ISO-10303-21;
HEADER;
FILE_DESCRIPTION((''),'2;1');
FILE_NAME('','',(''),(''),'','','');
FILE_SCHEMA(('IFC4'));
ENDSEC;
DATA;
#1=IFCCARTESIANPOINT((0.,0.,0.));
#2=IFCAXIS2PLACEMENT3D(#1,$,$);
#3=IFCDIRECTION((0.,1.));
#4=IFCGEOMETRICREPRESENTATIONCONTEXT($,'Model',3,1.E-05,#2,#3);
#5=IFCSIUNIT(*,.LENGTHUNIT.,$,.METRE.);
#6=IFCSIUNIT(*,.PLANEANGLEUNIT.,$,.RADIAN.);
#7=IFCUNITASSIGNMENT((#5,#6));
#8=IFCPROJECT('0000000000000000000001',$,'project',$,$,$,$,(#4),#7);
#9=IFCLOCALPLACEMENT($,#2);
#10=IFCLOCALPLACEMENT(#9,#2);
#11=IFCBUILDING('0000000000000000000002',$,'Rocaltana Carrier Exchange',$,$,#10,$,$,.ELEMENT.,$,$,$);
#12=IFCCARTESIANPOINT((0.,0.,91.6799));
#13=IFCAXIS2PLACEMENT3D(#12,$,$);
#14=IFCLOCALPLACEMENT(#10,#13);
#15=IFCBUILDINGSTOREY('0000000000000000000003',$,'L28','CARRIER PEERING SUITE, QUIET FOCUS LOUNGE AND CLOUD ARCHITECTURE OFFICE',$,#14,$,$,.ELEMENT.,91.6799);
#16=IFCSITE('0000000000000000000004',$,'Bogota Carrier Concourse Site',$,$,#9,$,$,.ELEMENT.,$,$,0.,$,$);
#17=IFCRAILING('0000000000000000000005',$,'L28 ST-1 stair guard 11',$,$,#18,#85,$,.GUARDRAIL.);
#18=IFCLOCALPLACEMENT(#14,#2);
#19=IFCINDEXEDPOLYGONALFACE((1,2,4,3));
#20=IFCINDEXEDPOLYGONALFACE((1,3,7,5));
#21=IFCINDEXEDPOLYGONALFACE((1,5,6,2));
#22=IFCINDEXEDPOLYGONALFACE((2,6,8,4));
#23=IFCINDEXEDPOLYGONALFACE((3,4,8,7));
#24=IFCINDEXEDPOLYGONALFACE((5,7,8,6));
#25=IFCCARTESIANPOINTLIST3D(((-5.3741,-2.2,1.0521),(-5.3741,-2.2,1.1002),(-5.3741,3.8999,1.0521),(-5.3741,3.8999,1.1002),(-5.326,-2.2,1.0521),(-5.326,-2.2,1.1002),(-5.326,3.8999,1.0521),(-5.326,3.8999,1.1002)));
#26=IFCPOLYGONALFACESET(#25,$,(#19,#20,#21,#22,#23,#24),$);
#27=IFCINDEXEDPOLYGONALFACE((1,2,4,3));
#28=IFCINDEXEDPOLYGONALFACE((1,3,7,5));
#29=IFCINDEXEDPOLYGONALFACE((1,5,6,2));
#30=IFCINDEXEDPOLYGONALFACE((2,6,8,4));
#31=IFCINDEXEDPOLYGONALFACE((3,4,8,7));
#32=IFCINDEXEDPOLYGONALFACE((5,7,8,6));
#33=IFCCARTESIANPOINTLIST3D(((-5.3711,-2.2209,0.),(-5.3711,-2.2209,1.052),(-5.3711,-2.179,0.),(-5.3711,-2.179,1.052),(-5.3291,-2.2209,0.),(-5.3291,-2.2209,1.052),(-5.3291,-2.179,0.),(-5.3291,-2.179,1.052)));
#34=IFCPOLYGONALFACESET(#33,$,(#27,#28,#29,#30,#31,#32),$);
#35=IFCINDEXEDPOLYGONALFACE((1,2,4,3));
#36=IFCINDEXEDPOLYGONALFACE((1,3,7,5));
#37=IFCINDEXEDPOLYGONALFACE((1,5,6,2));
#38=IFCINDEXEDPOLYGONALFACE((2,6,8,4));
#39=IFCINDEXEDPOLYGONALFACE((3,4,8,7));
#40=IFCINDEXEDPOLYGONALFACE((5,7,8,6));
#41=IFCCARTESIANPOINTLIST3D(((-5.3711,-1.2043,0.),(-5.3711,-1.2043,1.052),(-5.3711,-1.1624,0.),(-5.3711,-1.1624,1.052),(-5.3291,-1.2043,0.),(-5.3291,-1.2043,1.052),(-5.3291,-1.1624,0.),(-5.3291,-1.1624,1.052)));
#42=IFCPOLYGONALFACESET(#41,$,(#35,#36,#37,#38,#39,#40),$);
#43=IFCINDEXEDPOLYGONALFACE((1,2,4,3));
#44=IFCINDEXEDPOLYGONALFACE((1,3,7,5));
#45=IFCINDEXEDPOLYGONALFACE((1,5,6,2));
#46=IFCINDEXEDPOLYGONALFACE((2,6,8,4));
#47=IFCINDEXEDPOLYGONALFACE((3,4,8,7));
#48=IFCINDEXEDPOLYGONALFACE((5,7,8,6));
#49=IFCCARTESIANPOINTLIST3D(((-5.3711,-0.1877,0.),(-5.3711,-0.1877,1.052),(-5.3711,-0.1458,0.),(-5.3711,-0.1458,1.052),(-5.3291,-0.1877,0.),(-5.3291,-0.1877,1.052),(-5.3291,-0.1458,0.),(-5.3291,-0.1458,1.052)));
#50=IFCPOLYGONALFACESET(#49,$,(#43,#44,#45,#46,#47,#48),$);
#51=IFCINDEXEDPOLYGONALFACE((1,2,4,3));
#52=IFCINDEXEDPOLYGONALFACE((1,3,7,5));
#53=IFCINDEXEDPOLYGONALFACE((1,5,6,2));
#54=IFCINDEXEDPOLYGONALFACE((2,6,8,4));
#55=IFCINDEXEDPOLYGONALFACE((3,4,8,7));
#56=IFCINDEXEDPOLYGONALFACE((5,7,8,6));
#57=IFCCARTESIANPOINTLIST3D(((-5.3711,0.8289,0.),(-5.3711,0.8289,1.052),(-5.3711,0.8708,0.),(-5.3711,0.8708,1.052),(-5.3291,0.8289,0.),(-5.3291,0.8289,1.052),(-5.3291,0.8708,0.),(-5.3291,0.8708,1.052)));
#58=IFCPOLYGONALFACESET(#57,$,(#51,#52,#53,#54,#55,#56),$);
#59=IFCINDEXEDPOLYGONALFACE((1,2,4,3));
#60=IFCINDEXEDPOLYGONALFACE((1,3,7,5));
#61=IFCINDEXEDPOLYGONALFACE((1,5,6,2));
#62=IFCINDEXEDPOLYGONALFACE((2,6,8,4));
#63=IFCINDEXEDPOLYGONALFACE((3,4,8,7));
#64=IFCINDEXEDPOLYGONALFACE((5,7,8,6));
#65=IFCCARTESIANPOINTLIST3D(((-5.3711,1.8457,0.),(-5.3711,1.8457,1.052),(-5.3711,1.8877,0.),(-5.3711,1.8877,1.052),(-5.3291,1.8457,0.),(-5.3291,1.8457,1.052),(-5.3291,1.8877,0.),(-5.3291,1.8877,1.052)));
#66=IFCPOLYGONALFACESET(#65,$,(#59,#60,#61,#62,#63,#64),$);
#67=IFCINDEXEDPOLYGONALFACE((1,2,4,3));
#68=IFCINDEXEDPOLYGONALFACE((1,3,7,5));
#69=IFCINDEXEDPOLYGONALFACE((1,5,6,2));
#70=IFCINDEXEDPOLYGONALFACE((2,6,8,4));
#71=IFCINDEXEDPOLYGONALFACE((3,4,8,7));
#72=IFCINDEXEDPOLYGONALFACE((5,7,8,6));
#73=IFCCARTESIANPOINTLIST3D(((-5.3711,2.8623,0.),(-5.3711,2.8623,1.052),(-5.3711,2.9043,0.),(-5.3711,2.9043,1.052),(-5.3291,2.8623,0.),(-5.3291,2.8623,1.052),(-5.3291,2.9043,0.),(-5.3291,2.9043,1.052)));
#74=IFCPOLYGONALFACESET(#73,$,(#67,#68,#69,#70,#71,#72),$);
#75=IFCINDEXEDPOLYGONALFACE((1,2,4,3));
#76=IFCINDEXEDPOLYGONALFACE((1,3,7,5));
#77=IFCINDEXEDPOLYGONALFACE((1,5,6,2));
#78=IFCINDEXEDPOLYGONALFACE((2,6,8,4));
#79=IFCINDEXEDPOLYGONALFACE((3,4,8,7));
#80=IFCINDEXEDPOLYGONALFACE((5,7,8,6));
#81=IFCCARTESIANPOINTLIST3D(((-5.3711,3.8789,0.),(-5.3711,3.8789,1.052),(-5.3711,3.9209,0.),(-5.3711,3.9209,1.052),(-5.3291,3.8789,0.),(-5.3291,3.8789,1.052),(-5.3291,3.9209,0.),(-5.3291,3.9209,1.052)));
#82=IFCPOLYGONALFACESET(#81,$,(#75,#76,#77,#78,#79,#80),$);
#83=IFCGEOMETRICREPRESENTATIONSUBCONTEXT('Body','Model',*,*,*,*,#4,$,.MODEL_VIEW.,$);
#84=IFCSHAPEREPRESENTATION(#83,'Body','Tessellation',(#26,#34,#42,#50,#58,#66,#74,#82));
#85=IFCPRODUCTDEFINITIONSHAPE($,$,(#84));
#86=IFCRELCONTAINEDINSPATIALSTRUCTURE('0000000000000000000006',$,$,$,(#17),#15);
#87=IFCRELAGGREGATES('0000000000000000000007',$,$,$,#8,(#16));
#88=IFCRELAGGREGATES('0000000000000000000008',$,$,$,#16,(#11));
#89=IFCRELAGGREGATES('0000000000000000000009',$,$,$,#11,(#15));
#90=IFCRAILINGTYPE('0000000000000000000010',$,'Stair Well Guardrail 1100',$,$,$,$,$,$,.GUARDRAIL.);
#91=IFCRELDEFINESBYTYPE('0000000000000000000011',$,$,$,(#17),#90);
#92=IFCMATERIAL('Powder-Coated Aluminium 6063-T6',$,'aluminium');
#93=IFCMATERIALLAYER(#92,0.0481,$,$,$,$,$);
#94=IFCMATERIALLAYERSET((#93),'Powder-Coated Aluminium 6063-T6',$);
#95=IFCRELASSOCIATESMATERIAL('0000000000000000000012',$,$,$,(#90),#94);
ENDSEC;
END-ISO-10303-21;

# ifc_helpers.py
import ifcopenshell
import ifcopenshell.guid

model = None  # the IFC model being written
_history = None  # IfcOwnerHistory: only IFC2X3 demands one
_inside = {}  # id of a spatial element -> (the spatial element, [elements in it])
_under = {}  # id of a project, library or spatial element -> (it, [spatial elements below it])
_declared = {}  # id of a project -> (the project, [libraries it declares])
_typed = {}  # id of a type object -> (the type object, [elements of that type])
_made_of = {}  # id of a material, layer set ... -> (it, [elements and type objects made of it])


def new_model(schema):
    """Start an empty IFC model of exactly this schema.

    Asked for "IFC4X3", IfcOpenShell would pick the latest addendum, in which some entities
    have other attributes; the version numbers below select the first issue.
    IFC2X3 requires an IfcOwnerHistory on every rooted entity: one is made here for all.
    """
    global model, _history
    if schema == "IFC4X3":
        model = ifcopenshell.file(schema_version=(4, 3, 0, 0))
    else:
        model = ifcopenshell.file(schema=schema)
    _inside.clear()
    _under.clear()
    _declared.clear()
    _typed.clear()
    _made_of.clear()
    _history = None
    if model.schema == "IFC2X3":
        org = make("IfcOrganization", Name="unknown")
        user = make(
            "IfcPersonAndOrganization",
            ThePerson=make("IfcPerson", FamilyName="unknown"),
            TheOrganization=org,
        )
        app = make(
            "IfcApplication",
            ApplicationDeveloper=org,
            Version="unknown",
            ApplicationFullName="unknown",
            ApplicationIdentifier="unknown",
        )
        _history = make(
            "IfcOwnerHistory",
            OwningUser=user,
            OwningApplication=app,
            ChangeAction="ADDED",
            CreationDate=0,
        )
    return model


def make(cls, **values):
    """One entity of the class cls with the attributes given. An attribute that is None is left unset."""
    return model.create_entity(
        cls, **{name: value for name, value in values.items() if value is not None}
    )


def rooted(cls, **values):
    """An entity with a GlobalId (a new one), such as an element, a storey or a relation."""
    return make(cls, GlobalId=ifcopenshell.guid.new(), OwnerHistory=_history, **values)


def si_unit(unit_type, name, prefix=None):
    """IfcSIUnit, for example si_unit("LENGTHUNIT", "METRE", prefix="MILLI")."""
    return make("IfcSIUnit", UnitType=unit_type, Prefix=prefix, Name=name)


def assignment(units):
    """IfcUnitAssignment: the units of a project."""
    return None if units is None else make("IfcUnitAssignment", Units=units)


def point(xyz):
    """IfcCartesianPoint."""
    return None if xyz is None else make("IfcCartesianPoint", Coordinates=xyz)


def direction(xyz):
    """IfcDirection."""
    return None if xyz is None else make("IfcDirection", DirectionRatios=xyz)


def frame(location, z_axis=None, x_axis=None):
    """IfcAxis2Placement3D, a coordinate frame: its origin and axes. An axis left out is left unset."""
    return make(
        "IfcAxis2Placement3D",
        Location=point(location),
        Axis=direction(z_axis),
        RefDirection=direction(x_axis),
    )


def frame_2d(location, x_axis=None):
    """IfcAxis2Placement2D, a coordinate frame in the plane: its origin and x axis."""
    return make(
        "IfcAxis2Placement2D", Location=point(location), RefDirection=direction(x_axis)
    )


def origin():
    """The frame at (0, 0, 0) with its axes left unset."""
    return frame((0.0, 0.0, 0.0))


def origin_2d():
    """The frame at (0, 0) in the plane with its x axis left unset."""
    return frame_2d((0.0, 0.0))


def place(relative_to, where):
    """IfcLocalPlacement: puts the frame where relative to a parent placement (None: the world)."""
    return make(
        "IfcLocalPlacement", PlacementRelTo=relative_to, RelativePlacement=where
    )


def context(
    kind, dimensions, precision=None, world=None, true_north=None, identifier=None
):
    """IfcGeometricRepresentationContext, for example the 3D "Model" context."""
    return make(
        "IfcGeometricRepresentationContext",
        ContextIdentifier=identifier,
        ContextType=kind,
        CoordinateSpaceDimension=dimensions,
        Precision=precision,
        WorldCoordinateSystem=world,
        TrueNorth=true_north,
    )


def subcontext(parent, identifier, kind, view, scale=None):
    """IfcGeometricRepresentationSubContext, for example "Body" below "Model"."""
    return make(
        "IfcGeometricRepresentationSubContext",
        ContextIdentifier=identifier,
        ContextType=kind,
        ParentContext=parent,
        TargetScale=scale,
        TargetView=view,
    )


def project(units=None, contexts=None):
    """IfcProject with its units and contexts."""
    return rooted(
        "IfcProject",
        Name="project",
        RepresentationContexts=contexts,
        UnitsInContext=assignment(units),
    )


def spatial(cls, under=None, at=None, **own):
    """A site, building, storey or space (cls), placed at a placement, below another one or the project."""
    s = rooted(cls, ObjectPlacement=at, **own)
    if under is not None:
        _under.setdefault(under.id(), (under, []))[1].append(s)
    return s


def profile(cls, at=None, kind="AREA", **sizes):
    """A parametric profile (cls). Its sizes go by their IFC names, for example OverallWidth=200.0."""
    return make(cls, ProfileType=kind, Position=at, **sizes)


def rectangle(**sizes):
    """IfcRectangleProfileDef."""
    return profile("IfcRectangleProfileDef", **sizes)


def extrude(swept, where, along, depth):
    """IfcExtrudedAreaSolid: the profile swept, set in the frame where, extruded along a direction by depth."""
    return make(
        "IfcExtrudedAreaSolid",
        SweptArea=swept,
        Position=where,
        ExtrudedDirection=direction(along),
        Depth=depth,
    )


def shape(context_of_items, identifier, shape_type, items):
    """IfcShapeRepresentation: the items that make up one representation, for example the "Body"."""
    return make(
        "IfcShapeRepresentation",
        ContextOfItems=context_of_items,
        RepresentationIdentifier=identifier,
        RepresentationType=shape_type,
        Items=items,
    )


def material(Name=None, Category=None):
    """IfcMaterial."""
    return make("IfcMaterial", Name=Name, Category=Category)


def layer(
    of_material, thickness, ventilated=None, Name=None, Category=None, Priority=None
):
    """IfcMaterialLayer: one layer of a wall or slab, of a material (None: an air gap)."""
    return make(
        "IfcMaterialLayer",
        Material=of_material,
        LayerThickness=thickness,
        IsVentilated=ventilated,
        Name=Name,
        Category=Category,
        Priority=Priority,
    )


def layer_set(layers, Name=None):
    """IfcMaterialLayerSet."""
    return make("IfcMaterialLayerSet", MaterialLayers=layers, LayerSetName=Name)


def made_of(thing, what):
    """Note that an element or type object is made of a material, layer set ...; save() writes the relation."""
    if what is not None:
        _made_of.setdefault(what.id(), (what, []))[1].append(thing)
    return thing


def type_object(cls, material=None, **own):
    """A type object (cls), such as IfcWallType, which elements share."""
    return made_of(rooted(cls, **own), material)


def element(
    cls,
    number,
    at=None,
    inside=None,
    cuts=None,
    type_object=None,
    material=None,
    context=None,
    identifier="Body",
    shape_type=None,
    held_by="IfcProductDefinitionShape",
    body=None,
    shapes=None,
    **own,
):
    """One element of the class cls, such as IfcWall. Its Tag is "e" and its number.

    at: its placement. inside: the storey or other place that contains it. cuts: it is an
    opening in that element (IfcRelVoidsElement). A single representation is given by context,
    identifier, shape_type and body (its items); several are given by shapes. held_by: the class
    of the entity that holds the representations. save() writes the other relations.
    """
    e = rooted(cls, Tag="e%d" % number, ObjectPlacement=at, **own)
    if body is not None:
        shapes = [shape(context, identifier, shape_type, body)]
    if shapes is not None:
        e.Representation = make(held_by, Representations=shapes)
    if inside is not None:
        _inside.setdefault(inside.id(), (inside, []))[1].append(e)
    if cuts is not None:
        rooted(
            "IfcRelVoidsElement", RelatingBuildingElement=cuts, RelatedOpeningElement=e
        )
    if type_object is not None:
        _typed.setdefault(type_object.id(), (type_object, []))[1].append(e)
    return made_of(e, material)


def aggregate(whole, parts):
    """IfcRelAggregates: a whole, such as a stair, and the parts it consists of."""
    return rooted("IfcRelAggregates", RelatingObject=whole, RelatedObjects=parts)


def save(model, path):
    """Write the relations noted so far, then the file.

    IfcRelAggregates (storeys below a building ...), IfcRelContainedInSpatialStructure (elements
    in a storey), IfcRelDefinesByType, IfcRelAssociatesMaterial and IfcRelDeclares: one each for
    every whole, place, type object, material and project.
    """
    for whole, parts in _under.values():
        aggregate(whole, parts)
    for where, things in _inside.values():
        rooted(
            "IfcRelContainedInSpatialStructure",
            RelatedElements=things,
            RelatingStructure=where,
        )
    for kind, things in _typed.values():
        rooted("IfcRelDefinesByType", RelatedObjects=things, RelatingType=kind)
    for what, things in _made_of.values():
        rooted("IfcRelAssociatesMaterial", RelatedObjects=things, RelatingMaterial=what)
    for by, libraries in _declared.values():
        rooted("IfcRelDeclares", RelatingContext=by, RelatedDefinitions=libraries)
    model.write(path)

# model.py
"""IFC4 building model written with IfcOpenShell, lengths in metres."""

from ifc_helpers import new_model, si_unit, direction, frame, origin, origin_2d, place, context, subcontext, project, spatial, rectangle, extrude, material, layer, layer_set, type_object, element, save


model = new_model("IFC4")

# Units and contexts
model_context = context("Model", 3, precision=1e-05, world=origin(), true_north=direction((0.0, 1.0)))
body_context = subcontext(model_context, "Body", "Model", "MODEL_VIEW")
ifc_project = project(units=[si_unit("LENGTHUNIT", "METRE"), si_unit("PLANEANGLEUNIT", "RADIAN")], contexts=[model_context])

# Site, building, storey
site_placement = place(None, origin())
site = spatial("IfcSite", under=ifc_project, at=site_placement, Name="Bogota Carrier Concourse Site", CompositionType="ELEMENT", RefElevation=0.0)
building_placement = place(site_placement, origin())
building = spatial("IfcBuilding", under=site, at=building_placement, Name="Rocaltana Carrier Exchange", CompositionType="ELEMENT")
storey_placement = place(building_placement, frame((0.0, 0.0, 91.6799)))
storey = spatial("IfcBuildingStorey", under=building, at=storey_placement, Name="L28", Description="CARRIER PEERING SUITE, QUIET FOCUS LOUNGE AND CLOUD ARCHITECTURE OFFICE", CompositionType="ELEMENT", Elevation=91.6799)

# Railing
ifc_material_1 = material(Name="Powder-Coated Aluminium 6063-T6", Category="aluminium")
ifc_layer_1 = layer(ifc_material_1, 0.0481)
ifc_layer_set_1 = layer_set([ifc_layer_1], Name="Powder-Coated Aluminium 6063-T6")
railing_type = type_object("IfcRailingType", Name="Stair Well Guardrail 1100", PredefinedType="GUARDRAIL", material=ifc_layer_set_1)
railing_1_placement = place(storey_placement, frame((-5.3501, -2.2, 0.0)))
element("IfcRailing", 1, at=railing_1_placement, inside=storey, type_object=railing_type, Name="L28 ST-1 stair guard 11", PredefinedType="GUARDRAIL", context=body_context, shape_type="SweptSolid", body=[
    extrude(rectangle(XDim=0.0481, YDim=0.0481, at=origin_2d()), frame((0.0, 0.0, 1.0762), z_axis=(0.0, 1.0, 0.0), x_axis=(-1.0, 0.0, 0.0)), (0.0, 0.0, 1.0), 6.0999),
    extrude(rectangle(XDim=0.042, YDim=0.042, at=origin_2d()), origin(), (0.0, 0.0, 1.0), 1.052),
    extrude(rectangle(XDim=0.042, YDim=0.042, at=origin_2d()), frame((0.0, 1.0166, 0.0)), (0.0, 0.0, 1.0), 1.052),
    extrude(rectangle(XDim=0.042, YDim=0.042, at=origin_2d()), frame((0.0, 2.0332, 0.0)), (0.0, 0.0, 1.0), 1.052),
    extrude(rectangle(XDim=0.042, YDim=0.042, at=origin_2d()), frame((0.0, 3.0498, 0.0)), (0.0, 0.0, 1.0), 1.052),
    extrude(rectangle(XDim=0.042, YDim=0.042, at=origin_2d()), frame((0.0, 4.0667, 0.0)), (0.0, 0.0, 1.0), 1.052),
    extrude(rectangle(XDim=0.042, YDim=0.042, at=origin_2d()), frame((0.0, 5.0833, 0.0)), (0.0, 0.0, 1.0), 1.052),
    extrude(rectangle(XDim=0.042, YDim=0.042, at=origin_2d()), frame((0.0, 6.0999, 0.0)), (0.0, 0.0, 1.0), 1.052),
])

save(model, "model.ifc")
